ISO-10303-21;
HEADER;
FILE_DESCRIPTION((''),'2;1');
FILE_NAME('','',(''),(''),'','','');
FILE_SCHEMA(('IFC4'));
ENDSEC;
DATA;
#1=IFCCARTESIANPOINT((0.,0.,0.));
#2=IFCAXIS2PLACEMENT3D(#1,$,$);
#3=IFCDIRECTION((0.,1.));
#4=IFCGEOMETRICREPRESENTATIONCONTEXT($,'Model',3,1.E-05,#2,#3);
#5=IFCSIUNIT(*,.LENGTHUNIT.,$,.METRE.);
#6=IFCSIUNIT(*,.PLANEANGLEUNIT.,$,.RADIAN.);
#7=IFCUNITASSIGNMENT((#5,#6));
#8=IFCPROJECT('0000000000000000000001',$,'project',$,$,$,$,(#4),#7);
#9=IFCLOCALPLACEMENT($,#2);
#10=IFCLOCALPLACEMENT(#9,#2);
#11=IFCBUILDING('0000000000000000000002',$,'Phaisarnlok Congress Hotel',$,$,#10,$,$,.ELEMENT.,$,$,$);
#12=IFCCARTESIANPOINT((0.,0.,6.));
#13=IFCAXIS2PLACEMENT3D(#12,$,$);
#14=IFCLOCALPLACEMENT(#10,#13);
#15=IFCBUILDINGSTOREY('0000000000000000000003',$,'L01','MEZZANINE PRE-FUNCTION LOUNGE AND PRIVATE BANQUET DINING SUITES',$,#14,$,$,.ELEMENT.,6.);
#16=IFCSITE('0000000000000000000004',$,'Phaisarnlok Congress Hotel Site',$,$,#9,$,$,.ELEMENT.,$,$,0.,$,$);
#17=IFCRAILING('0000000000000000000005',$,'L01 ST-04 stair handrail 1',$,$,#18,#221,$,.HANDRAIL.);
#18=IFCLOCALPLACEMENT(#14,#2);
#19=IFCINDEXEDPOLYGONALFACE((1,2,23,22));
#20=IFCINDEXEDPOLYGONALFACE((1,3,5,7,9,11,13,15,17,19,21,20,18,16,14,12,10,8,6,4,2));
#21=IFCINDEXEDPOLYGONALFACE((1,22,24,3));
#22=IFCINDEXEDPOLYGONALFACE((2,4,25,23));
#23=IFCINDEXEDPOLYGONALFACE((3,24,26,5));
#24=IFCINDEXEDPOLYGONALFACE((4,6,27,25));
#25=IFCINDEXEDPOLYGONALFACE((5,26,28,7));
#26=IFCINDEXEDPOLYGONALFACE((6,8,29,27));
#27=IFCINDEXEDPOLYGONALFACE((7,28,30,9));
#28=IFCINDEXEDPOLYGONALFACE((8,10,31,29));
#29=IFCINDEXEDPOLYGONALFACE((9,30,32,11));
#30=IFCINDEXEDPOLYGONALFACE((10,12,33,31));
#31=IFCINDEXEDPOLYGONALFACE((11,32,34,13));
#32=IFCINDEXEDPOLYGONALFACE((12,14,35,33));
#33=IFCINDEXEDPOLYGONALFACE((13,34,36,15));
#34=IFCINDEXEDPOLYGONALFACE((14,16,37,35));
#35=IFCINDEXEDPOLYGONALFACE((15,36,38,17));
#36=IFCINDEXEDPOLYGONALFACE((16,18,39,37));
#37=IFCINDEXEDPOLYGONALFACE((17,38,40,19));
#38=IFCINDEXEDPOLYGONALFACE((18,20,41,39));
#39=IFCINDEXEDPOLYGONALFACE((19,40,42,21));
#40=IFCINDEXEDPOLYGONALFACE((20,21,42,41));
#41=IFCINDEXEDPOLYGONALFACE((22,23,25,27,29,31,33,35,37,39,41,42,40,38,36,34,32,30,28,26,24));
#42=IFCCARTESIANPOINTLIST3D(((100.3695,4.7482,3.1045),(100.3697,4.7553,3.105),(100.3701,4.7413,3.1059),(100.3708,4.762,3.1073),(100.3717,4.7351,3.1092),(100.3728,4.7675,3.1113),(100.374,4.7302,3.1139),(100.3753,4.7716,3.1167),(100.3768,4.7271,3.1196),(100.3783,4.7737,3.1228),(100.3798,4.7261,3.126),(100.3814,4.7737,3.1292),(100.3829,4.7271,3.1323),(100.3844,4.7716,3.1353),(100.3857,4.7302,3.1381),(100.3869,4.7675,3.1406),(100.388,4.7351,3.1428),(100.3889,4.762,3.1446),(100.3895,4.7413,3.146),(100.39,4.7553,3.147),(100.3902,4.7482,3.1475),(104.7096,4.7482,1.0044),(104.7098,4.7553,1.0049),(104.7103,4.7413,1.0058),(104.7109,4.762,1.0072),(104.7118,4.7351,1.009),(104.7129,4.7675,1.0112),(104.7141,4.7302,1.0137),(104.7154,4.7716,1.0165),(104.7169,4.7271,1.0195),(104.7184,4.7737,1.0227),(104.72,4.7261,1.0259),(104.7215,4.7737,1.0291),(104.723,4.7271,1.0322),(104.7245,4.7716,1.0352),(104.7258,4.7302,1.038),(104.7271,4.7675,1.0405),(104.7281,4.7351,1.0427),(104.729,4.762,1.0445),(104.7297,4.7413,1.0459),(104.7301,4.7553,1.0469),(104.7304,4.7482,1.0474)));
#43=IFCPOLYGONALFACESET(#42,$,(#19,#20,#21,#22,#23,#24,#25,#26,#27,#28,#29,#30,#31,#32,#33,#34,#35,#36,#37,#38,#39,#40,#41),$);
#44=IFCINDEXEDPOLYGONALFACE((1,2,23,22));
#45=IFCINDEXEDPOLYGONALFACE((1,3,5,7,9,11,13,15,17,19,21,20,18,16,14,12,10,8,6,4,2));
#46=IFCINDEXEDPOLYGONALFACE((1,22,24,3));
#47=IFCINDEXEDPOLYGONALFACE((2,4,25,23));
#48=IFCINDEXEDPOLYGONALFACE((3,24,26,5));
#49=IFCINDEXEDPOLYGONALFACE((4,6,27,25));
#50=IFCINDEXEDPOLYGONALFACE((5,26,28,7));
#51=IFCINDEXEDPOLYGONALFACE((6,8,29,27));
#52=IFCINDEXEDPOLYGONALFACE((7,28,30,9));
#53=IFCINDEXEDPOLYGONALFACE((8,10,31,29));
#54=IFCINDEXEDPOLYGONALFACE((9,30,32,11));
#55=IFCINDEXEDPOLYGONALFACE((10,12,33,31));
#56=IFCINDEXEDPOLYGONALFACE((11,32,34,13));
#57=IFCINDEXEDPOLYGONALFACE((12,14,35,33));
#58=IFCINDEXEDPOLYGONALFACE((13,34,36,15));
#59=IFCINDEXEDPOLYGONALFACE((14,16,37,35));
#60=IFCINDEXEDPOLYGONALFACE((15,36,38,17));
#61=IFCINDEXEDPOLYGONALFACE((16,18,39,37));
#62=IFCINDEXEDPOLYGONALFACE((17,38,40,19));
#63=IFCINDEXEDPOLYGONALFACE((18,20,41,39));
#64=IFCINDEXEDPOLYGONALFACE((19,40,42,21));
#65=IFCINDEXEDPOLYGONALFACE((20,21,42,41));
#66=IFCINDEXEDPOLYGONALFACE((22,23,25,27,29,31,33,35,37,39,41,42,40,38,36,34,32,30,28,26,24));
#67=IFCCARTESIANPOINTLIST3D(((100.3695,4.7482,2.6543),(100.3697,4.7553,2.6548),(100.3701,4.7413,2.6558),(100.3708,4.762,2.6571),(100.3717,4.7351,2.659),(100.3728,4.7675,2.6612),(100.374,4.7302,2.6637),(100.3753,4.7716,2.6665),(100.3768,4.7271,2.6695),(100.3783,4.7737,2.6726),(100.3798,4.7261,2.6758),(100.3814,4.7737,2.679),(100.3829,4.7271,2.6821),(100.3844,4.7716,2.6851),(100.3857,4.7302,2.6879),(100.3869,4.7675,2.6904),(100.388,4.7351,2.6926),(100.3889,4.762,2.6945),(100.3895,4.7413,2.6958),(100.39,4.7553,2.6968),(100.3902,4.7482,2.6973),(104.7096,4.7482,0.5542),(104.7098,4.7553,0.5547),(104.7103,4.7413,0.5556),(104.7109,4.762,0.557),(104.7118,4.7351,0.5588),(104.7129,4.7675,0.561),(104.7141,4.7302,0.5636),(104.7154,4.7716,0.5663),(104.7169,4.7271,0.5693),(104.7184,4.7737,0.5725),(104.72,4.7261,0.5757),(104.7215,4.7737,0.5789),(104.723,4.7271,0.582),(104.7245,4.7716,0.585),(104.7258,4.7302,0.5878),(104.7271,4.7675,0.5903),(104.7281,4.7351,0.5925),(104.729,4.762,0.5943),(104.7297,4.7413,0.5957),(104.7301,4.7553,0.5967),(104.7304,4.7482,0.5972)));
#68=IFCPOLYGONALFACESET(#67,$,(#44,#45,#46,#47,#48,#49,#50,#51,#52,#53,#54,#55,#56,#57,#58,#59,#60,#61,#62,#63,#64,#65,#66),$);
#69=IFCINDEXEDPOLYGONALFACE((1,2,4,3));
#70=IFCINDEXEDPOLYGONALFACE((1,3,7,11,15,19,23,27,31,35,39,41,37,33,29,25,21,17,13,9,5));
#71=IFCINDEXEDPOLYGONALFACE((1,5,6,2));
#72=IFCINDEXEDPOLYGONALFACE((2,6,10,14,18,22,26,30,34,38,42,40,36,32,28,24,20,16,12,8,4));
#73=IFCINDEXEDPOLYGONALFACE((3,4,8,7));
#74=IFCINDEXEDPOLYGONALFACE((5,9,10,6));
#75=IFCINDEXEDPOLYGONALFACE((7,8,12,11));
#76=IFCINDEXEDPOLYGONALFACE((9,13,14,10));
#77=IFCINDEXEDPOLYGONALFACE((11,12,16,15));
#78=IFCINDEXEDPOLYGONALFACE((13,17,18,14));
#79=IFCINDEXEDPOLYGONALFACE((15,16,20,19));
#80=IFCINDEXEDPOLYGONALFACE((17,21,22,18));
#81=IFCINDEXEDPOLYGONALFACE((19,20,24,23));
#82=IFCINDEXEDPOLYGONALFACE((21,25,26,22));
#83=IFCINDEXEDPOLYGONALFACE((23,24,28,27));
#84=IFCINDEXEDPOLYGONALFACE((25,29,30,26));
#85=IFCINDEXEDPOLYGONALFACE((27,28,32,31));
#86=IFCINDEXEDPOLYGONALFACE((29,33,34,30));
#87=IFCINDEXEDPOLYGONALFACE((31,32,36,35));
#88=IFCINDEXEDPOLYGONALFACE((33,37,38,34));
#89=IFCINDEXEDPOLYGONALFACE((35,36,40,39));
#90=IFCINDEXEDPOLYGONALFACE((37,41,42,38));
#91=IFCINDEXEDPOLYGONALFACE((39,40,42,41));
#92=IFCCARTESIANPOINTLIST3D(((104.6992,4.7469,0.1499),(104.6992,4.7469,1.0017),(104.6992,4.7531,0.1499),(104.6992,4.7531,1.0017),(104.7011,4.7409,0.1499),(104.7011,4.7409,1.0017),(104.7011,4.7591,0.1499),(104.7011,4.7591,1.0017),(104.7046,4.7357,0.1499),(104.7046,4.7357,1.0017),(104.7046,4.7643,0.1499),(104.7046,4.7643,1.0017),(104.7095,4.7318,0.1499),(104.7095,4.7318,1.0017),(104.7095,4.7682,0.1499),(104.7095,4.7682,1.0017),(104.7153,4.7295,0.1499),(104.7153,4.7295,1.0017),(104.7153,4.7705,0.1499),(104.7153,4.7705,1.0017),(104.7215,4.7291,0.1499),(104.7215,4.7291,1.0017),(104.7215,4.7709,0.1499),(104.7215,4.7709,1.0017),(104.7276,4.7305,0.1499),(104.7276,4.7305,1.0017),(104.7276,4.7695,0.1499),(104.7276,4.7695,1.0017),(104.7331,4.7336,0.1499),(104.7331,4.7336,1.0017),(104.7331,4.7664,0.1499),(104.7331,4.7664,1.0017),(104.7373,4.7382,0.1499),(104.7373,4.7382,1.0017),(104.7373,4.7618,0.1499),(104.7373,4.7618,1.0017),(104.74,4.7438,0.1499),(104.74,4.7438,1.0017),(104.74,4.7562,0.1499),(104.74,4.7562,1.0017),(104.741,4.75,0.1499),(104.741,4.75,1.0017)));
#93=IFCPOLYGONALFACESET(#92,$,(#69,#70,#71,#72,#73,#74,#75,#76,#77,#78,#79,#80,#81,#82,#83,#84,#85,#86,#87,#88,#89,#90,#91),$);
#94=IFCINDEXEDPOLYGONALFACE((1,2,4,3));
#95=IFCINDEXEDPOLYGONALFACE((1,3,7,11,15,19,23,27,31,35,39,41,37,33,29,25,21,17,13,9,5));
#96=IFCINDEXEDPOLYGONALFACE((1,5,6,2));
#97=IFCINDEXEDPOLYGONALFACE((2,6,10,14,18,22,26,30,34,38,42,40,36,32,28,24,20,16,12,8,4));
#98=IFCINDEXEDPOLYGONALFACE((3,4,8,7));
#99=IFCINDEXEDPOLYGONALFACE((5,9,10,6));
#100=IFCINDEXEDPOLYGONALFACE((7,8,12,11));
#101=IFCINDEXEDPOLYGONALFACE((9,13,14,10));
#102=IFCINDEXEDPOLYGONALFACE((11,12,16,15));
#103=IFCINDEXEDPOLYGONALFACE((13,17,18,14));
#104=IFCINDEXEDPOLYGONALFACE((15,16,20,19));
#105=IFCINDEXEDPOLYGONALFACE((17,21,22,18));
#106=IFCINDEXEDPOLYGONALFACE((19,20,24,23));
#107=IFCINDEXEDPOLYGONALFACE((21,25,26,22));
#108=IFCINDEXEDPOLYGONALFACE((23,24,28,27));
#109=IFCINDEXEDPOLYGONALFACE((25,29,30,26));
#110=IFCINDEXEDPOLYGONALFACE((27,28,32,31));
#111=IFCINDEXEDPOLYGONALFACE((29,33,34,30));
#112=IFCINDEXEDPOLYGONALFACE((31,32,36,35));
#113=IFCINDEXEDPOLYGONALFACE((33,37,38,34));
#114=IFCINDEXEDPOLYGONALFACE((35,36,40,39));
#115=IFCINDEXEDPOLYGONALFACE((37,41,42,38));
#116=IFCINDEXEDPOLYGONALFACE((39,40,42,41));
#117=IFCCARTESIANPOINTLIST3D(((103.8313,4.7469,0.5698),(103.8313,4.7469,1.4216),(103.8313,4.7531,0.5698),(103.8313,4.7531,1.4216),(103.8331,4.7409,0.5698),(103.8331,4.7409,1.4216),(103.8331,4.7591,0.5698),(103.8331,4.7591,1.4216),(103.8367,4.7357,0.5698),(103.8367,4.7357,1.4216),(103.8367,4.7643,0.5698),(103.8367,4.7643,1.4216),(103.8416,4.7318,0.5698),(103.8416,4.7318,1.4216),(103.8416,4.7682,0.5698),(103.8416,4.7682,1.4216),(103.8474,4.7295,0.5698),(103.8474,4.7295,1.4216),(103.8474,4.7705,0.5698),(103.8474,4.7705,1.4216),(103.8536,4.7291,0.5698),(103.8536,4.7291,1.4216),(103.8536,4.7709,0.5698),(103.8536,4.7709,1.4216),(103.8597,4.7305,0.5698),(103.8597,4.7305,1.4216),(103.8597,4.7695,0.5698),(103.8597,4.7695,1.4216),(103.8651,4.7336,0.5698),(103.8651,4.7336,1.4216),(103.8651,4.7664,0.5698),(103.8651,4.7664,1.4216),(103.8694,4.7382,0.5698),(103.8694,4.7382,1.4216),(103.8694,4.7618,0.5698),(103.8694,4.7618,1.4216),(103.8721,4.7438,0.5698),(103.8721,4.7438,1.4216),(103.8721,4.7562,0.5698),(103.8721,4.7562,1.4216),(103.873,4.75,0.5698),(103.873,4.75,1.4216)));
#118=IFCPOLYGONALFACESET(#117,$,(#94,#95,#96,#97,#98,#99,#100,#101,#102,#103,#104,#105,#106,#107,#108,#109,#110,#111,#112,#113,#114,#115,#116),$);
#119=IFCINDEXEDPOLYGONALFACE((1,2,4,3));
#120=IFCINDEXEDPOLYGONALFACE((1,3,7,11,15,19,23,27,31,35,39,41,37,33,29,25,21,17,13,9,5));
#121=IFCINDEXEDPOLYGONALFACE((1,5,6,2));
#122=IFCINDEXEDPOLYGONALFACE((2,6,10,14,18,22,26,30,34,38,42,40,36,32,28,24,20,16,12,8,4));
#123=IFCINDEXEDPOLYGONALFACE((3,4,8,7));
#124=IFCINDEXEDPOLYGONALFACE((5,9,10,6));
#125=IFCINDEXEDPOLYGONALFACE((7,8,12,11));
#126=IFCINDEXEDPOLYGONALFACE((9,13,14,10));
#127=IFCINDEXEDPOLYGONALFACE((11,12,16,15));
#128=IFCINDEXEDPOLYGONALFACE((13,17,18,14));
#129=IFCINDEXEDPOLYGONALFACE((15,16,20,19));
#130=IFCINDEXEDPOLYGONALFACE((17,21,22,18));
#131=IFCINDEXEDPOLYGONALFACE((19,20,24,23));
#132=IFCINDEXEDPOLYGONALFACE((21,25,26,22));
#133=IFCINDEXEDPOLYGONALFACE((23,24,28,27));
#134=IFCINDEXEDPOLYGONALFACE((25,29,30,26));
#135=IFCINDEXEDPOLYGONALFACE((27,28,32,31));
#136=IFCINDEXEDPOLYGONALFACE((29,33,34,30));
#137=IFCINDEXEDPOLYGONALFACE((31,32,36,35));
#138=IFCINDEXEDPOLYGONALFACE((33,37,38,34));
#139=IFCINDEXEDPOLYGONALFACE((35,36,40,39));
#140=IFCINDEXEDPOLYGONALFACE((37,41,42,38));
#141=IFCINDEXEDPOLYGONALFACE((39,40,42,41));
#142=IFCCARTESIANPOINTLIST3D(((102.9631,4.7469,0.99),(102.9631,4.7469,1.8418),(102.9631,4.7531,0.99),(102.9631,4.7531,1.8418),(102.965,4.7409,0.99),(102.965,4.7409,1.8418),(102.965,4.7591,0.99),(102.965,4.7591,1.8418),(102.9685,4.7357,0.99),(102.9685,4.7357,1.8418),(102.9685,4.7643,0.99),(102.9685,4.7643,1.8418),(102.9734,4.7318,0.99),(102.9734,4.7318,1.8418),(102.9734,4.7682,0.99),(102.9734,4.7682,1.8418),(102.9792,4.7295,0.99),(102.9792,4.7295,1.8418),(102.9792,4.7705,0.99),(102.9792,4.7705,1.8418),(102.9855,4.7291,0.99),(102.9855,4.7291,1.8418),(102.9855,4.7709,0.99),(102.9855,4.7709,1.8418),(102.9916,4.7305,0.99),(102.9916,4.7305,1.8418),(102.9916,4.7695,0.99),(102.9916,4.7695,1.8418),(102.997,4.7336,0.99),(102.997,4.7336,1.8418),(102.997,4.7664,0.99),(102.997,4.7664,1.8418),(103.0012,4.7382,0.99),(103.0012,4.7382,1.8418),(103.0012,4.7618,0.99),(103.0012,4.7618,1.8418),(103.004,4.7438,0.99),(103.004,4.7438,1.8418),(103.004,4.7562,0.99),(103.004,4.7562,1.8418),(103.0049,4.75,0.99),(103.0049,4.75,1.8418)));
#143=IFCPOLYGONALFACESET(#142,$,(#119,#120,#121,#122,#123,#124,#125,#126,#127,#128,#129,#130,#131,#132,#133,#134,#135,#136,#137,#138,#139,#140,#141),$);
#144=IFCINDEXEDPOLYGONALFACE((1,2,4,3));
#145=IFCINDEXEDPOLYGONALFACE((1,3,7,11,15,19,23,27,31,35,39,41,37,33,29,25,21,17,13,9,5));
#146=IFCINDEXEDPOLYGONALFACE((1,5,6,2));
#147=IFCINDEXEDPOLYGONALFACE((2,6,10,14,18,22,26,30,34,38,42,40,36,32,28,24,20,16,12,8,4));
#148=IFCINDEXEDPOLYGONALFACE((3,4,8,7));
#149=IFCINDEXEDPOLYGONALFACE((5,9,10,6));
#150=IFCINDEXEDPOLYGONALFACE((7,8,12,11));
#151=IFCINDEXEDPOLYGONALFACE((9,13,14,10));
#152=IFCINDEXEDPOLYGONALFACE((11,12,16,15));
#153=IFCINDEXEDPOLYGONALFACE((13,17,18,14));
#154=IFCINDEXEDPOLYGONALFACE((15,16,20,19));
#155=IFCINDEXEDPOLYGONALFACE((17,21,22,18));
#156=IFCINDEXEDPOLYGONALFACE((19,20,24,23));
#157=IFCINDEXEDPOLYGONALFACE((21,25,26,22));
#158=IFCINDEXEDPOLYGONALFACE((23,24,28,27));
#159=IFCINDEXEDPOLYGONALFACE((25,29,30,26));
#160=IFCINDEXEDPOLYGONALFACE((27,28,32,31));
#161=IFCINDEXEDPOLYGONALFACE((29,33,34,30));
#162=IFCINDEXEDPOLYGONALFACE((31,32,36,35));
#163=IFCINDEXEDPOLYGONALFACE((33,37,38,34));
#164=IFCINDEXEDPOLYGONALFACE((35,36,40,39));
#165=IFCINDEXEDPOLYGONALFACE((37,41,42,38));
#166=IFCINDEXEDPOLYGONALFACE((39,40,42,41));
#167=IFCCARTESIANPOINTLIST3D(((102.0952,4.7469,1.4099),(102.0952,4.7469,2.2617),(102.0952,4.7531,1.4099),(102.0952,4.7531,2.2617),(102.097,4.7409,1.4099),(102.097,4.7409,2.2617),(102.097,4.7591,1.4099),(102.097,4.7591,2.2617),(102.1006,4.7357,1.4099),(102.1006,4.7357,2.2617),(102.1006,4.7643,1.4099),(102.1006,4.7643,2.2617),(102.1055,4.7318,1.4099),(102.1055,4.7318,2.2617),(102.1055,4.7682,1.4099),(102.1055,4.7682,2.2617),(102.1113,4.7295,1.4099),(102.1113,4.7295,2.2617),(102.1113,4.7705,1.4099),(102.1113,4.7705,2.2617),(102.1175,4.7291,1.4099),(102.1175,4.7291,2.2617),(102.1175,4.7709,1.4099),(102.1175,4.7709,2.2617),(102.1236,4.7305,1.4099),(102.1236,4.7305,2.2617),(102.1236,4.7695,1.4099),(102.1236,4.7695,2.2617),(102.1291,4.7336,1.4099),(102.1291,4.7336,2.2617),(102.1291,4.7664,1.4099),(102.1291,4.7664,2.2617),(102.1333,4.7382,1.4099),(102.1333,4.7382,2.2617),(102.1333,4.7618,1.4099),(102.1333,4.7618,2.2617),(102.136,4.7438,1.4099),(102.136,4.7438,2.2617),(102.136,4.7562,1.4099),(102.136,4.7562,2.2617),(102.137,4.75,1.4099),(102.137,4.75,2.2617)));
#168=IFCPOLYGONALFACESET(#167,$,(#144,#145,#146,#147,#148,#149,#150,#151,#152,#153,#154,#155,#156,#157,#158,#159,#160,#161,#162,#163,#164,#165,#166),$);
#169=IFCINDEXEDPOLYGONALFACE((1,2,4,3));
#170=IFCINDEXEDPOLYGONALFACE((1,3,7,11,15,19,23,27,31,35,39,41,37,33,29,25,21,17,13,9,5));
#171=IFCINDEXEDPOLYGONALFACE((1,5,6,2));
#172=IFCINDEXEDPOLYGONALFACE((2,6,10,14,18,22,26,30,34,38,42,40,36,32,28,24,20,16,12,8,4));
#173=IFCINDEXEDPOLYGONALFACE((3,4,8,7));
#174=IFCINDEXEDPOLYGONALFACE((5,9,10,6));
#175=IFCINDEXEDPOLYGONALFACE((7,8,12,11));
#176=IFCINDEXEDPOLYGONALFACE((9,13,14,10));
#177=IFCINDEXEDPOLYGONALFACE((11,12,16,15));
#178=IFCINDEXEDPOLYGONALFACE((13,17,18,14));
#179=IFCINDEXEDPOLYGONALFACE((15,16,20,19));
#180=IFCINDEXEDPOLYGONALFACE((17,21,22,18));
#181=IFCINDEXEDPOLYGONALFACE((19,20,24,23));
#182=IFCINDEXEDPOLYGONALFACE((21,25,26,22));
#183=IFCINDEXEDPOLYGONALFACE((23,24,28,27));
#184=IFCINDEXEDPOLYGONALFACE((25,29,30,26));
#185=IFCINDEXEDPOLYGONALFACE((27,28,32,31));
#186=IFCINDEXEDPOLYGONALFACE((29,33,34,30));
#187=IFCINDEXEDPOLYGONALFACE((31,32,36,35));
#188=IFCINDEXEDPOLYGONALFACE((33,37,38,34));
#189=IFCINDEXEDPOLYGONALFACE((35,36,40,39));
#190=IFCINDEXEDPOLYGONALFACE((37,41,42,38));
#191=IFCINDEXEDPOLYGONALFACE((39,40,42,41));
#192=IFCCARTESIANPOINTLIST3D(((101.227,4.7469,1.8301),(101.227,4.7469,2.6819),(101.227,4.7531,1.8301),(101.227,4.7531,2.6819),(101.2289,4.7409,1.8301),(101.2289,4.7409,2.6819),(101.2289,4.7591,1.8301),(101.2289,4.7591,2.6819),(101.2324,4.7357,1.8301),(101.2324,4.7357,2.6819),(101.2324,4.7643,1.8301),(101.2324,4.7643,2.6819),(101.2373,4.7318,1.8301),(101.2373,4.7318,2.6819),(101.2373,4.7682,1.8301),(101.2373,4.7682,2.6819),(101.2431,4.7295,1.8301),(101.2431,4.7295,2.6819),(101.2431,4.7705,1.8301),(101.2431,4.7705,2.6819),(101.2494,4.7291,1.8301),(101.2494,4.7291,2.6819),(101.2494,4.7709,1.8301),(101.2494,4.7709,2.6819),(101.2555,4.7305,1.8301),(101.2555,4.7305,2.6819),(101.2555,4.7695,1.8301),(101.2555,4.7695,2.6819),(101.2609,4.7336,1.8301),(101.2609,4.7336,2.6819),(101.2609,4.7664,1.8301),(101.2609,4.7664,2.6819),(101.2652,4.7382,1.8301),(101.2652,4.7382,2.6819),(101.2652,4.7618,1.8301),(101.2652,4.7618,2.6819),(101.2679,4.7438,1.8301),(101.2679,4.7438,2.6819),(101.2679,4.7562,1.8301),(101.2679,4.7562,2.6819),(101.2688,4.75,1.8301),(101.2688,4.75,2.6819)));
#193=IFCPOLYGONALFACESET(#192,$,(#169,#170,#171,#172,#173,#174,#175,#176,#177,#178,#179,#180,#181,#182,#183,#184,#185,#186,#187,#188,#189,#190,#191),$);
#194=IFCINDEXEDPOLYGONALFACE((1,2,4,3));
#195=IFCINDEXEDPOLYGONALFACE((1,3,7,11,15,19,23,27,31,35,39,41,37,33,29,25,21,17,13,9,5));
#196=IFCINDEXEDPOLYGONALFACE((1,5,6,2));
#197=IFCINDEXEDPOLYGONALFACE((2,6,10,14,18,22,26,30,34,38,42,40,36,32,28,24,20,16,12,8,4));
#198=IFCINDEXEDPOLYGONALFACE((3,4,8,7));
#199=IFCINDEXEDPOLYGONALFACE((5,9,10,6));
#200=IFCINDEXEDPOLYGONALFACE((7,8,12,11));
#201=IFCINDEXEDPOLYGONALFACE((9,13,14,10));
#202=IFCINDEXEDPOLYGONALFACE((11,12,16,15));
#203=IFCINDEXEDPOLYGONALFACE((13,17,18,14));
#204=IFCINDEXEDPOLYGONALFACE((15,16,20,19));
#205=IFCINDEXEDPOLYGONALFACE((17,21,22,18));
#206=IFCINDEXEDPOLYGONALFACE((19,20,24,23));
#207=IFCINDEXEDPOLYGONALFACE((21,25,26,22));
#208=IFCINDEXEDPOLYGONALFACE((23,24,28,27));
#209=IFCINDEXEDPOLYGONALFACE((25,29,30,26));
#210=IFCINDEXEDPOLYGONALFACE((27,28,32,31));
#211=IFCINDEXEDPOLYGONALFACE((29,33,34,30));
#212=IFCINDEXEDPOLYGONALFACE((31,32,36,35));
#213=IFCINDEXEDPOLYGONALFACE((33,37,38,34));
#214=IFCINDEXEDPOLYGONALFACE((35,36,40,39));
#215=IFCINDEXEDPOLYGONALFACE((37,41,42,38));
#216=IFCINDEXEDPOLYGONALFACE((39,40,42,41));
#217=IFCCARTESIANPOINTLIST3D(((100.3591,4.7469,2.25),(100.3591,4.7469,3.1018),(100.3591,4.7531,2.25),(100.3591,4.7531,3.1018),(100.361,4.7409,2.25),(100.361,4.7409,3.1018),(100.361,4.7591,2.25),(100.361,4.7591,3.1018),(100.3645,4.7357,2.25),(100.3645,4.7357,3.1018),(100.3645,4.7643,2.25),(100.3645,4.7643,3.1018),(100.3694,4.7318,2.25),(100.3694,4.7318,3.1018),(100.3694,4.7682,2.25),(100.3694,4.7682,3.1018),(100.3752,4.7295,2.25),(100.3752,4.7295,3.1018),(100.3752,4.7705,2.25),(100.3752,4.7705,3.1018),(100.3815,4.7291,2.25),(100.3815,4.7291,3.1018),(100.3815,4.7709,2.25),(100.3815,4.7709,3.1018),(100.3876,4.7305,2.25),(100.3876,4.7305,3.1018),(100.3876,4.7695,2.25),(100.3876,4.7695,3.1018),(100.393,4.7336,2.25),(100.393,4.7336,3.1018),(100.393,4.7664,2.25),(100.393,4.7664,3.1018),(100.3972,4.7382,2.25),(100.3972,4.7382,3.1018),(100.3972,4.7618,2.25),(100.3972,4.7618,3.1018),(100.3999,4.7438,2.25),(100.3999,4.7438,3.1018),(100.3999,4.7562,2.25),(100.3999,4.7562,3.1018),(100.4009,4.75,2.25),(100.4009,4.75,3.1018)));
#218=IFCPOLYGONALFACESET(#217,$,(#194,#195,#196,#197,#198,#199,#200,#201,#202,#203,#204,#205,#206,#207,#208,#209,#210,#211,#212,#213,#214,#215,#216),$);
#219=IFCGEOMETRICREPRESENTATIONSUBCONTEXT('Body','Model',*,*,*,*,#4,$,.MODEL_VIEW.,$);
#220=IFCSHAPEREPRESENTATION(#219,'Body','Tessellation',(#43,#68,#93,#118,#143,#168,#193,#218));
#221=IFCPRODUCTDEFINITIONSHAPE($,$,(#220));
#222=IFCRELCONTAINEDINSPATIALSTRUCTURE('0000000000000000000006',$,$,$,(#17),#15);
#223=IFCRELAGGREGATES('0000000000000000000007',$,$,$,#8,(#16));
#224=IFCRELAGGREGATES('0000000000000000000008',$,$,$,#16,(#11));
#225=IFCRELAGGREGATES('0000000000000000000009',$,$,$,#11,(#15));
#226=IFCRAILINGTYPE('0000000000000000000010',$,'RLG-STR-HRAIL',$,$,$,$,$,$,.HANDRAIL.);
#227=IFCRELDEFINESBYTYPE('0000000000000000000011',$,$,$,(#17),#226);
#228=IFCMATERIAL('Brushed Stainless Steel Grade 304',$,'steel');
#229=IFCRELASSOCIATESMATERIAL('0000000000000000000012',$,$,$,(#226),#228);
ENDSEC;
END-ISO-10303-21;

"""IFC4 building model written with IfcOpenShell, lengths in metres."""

from ifc_helpers import new_model, si_unit, direction, frame, origin, origin_2d, place, context, subcontext, project, spatial, circle, extrude, material, type_object, element, save


model = new_model("IFC4")

# Units and contexts
model_context = context("Model", 3, precision=1e-05, world=origin(), true_north=direction((0.0, 1.0)))
body_context = subcontext(model_context, "Body", "Model", "MODEL_VIEW")
ifc_project = project(units=[si_unit("LENGTHUNIT", "METRE"), si_unit("PLANEANGLEUNIT", "RADIAN")], contexts=[model_context])

# Site, building, storey
site_placement = place(None, origin())
site = spatial("IfcSite", under=ifc_project, at=site_placement, Name="Phaisarnlok Congress Hotel Site", CompositionType="ELEMENT", RefElevation=0.0)
building_placement = place(site_placement, origin())
building = spatial("IfcBuilding", under=site, at=building_placement, Name="Phaisarnlok Congress Hotel", CompositionType="ELEMENT")
storey_placement = place(building_placement, frame((0.0, 0.0, 6.0)))
storey = spatial("IfcBuildingStorey", under=building, at=storey_placement, Name="L01", Description="MEZZANINE PRE-FUNCTION LOUNGE AND PRIVATE BANQUET DINING SUITES", CompositionType="ELEMENT", Elevation=6.0)

# Railing
ifc_material_1 = material(Name="Brushed Stainless Steel Grade 304", Category="steel")
railing_type_1 = type_object("IfcRailingType", Name="RLG-STR-HRAIL", PredefinedType="HANDRAIL", material=ifc_material_1)
railing_1_placement = place(storey_placement, frame((104.72, 4.75, 0.1499)))
element("IfcRailing", 1, at=railing_1_placement, inside=storey, type_object=railing_type_1, Name="L01 ST-04 stair handrail 1", PredefinedType="HANDRAIL", context=body_context, shape_type="SweptSolid", body=[
    extrude(circle(Radius=0.0239, at=origin_2d()), frame((0.0, 0.0, 0.876), z_axis=(-0.900155, 0.0, 0.43557), x_axis=(0.0, -1.0, 0.0)), (0.0, 0.0, 1.0), 4.8215),
    extrude(circle(Radius=0.0239, at=origin_2d()), frame((0.0, 0.0, 0.4258), z_axis=(-0.900155, 0.0, 0.43557), x_axis=(0.0, -1.0, 0.0)), (0.0, 0.0, 1.0), 4.8215),
    extrude(circle(Radius=0.021, at=origin_2d()), origin(), (0.0, 0.0, 1.0), 0.8518),
    extrude(circle(Radius=0.021, at=origin_2d()), frame((-0.8679, 0.0, 0.4199)), (0.0, 0.0, 1.0), 0.8518),
    extrude(circle(Radius=0.021, at=origin_2d()), frame((-1.7361, 0.0, 0.8401)), (0.0, 0.0, 1.0), 0.8518),
    extrude(circle(Radius=0.021, at=origin_2d()), frame((-2.604, 0.0, 1.26)), (0.0, 0.0, 1.0), 0.8518),
    extrude(circle(Radius=0.021, at=origin_2d()), frame((-3.4722, 0.0, 1.6802)), (0.0, 0.0, 1.0), 0.8518),
    extrude(circle(Radius=0.021, at=origin_2d()), frame((-4.3401, 0.0, 2.1001)), (0.0, 0.0, 1.0), 0.8518),
])

save(model, "model.ifc")
